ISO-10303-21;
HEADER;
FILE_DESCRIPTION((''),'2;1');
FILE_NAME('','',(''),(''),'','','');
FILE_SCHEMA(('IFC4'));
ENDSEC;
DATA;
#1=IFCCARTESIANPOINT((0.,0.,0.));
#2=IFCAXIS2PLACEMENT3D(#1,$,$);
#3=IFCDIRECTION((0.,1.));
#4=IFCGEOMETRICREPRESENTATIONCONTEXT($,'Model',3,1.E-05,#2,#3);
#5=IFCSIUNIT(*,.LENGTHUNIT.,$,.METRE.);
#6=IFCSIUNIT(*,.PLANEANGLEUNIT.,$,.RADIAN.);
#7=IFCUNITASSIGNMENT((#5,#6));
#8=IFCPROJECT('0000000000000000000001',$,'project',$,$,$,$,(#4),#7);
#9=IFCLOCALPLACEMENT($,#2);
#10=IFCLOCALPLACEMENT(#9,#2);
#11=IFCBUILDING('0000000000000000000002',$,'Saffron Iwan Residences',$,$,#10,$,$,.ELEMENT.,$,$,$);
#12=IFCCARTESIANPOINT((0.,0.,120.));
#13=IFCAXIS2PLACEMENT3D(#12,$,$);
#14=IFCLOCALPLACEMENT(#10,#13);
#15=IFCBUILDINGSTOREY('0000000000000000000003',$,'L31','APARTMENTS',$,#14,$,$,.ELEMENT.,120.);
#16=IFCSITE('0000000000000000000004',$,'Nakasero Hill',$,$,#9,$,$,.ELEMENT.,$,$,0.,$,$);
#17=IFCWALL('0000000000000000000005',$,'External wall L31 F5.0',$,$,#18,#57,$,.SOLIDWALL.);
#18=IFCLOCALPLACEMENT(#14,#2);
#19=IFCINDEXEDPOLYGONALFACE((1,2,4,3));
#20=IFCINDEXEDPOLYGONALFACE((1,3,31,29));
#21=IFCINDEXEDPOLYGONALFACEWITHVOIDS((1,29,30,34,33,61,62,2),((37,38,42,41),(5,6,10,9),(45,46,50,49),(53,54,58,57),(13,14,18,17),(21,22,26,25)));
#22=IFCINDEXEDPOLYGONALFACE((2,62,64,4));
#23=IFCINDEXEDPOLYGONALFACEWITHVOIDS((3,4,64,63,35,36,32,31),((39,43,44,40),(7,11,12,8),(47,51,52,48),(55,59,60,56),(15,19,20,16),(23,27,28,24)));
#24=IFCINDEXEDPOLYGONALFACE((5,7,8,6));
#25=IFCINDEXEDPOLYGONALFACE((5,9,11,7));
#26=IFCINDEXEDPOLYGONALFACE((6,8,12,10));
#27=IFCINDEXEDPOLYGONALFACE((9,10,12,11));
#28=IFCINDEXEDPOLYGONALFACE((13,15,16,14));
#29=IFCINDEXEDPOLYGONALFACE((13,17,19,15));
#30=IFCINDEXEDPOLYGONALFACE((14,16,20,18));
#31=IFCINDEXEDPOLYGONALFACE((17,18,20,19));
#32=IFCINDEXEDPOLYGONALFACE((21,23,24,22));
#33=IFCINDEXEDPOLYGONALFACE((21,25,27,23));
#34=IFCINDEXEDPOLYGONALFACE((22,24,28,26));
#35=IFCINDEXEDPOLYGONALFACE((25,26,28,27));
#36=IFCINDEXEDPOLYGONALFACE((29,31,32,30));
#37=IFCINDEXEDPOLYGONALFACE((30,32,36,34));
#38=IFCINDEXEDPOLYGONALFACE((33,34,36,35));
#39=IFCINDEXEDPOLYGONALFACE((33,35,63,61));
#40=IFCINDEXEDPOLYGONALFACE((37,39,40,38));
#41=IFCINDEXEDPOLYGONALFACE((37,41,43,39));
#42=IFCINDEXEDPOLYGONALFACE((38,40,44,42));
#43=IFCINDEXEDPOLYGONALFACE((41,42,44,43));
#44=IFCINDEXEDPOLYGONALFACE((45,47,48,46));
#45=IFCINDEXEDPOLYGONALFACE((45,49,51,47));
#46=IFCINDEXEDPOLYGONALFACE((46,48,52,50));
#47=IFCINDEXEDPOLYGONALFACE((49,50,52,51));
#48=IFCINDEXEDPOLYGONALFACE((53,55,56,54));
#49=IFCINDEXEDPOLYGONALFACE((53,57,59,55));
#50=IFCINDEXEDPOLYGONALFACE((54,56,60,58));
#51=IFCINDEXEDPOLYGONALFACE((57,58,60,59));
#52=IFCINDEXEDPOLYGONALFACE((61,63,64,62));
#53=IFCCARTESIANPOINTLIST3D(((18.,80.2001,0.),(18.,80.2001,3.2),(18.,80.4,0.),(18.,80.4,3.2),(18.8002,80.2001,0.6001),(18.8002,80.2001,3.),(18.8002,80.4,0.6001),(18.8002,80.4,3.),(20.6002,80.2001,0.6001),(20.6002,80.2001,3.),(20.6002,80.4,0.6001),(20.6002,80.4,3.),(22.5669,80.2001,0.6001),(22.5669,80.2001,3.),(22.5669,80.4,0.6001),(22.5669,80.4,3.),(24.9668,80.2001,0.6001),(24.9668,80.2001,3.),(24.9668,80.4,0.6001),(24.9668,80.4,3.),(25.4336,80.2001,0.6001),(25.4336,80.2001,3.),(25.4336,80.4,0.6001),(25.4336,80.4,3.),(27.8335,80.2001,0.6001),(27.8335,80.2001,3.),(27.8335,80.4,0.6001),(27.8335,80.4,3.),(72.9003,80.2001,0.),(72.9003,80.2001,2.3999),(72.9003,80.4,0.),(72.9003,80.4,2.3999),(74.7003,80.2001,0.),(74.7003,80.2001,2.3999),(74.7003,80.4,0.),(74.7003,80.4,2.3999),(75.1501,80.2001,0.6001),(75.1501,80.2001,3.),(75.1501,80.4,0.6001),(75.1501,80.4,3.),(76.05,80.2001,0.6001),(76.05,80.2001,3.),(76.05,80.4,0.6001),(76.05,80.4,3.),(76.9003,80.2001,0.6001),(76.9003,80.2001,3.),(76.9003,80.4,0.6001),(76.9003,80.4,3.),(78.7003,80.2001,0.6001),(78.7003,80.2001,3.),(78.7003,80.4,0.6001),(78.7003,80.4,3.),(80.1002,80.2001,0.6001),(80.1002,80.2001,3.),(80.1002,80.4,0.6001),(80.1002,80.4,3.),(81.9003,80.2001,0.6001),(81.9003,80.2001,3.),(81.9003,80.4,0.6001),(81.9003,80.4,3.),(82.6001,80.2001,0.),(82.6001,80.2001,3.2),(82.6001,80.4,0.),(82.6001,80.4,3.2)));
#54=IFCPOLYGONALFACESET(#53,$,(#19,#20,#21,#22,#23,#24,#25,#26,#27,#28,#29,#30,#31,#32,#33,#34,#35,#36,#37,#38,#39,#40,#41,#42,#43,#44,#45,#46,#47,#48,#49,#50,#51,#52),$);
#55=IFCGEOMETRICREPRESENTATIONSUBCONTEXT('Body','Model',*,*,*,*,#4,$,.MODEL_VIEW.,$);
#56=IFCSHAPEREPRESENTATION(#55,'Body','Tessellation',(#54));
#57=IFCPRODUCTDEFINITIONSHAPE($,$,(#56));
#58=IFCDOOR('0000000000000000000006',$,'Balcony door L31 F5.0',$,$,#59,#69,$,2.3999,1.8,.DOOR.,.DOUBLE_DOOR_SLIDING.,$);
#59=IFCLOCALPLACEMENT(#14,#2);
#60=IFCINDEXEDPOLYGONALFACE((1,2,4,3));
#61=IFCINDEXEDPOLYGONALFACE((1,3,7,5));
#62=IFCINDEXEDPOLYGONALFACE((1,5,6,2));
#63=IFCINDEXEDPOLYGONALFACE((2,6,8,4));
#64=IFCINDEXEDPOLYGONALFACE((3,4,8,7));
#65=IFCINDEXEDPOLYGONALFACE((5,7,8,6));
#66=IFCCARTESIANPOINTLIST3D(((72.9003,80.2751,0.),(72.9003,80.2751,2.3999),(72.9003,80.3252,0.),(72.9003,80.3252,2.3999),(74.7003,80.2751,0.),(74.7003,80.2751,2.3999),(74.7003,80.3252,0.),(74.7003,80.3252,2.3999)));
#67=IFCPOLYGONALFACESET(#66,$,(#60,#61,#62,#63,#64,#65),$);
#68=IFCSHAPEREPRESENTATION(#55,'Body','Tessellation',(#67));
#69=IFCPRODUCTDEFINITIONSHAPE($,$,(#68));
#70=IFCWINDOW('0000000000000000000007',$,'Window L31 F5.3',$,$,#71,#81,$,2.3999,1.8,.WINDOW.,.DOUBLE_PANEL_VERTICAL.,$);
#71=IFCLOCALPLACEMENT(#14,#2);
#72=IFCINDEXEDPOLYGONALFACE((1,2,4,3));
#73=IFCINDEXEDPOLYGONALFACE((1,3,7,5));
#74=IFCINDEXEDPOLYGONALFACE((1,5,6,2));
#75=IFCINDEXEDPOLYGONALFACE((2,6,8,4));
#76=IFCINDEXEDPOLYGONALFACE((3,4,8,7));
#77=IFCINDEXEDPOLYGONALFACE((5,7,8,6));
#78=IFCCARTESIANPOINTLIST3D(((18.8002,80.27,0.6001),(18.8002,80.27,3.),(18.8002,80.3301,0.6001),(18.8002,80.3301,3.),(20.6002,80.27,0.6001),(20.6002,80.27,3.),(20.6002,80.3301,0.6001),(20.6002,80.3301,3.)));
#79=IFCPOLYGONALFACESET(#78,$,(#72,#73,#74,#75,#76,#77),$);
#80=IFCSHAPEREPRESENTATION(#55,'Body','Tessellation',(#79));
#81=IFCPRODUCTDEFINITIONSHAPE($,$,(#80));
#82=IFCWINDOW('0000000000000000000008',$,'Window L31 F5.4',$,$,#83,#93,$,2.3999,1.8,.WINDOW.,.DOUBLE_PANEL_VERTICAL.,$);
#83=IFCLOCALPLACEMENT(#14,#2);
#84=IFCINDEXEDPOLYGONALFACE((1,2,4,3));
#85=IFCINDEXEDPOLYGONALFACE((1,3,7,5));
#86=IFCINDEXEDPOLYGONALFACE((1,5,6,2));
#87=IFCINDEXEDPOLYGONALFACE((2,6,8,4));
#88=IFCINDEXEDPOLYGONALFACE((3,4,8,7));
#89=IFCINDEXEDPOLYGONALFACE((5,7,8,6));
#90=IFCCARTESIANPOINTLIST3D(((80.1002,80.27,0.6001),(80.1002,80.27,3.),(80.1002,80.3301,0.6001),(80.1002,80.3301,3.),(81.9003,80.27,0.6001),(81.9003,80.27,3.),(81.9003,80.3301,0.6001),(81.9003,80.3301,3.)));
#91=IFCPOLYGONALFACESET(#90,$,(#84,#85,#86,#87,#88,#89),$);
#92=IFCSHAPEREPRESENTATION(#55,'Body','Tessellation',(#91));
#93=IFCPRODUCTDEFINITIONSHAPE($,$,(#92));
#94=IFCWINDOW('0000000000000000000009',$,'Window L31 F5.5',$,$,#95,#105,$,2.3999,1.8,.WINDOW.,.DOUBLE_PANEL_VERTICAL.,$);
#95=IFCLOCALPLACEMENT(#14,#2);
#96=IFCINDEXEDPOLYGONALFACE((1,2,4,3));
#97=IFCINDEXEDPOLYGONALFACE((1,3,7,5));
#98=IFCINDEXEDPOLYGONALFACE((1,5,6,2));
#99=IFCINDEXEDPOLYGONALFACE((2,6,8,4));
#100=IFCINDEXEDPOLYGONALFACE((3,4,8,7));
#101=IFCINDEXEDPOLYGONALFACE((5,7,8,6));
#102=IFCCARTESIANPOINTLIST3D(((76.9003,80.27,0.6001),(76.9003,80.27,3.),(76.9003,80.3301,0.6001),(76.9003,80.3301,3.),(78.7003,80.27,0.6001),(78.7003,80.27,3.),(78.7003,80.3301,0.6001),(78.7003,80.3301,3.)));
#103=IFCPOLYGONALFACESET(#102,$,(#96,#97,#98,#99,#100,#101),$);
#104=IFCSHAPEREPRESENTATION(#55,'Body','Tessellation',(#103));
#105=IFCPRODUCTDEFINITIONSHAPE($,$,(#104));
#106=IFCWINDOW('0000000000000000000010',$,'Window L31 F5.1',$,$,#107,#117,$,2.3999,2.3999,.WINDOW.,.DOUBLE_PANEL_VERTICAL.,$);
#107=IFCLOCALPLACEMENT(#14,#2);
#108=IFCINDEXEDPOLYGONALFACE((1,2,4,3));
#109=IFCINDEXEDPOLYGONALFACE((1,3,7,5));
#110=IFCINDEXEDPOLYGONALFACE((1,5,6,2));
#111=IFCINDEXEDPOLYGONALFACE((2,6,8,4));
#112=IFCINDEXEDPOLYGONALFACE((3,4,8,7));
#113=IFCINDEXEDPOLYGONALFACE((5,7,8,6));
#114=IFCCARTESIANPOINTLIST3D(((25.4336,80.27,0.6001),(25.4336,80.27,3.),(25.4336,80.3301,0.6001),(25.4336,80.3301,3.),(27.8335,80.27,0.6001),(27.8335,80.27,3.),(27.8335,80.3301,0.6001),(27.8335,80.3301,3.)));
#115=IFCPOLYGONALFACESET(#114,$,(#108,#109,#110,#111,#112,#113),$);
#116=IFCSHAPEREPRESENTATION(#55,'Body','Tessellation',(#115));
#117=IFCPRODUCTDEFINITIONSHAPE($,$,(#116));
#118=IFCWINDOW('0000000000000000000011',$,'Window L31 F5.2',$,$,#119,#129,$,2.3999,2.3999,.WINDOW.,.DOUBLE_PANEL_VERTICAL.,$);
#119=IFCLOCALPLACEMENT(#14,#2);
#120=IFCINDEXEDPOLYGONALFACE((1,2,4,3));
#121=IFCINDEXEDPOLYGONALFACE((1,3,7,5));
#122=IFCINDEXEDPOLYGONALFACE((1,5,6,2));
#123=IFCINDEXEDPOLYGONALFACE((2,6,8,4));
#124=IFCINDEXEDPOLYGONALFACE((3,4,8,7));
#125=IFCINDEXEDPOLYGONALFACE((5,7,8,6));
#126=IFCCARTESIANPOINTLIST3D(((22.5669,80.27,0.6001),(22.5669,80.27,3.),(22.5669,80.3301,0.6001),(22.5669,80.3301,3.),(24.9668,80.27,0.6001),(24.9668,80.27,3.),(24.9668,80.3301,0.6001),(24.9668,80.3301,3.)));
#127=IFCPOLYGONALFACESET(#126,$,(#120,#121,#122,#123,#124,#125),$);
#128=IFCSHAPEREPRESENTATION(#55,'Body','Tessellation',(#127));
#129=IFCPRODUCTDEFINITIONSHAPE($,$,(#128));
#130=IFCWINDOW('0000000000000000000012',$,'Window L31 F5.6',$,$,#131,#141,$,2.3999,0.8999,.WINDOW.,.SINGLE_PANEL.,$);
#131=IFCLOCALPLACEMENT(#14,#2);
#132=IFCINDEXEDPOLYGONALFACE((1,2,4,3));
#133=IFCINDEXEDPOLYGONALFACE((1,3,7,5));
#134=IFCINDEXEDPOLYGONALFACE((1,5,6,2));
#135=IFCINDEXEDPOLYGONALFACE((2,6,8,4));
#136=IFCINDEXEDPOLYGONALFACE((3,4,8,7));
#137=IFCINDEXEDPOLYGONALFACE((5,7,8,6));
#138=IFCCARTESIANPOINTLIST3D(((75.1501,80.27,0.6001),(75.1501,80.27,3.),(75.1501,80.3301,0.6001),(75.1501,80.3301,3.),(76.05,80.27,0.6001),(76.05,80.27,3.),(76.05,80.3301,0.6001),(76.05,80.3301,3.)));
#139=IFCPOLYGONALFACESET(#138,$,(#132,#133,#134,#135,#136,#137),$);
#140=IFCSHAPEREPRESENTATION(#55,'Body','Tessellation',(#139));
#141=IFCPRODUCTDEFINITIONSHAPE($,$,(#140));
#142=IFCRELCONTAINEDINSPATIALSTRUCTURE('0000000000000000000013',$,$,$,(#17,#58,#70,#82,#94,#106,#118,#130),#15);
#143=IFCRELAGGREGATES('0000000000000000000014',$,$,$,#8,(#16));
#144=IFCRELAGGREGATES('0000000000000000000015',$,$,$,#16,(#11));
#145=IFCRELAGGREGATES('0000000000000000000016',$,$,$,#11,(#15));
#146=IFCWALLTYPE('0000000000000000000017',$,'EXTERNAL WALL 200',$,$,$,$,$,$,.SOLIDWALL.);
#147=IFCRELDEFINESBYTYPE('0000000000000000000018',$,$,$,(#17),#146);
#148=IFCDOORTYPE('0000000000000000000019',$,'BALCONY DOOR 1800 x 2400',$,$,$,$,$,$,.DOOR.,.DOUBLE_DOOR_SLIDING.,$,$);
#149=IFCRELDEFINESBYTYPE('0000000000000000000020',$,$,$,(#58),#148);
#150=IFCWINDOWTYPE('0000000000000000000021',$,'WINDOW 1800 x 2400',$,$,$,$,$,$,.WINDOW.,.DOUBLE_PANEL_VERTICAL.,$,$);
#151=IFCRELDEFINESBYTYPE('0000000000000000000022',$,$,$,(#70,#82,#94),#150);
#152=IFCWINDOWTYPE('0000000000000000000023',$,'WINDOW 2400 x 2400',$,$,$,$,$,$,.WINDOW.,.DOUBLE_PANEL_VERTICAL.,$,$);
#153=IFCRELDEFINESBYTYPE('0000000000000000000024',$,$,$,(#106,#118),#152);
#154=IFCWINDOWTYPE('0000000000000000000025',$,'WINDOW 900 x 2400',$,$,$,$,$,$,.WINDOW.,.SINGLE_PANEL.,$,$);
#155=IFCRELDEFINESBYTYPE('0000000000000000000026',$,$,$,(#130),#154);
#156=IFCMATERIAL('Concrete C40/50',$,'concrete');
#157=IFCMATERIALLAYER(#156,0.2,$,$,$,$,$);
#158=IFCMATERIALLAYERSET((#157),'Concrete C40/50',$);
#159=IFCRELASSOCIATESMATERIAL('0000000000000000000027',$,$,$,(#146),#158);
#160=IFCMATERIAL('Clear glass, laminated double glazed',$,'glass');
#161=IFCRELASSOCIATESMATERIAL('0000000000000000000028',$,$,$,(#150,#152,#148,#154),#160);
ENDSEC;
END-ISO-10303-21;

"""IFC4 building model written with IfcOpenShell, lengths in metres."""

from ifc_helpers import new_model, si_unit, direction, frame, frame_2d, origin, place, context, subcontext, project, spatial, rectangle, extrude, material, layer, layer_set, type_object, element, fill, save


model = new_model("IFC4")

# Units and contexts
model_context = context("Model", 3, precision=1e-05, world=origin(), true_north=direction((0.0, 1.0)))
body_context = subcontext(model_context, "Body", "Model", "MODEL_VIEW")
ifc_project = project(units=[si_unit("LENGTHUNIT", "METRE"), si_unit("PLANEANGLEUNIT", "RADIAN")], contexts=[model_context])

# Site, building, storey
site_placement = place(None, origin())
site = spatial("IfcSite", under=ifc_project, at=site_placement, Name="Nakasero Hill", CompositionType="ELEMENT", RefElevation=0.0)
building_placement = place(site_placement, origin())
building = spatial("IfcBuilding", under=site, at=building_placement, Name="Saffron Iwan Residences", CompositionType="ELEMENT")
storey_placement = place(building_placement, frame((0.0, 0.0, 120.0)))
storey = spatial("IfcBuildingStorey", under=building, at=storey_placement, Name="L31", Description="APARTMENTS", CompositionType="ELEMENT", Elevation=120.0)

# Shared definitions
ifc_material_1 = material(Name="Concrete C40/50", Category="concrete")
ifc_layer_1 = layer(ifc_material_1, 0.2)
ifc_layer_set_1 = layer_set([ifc_layer_1], Name="Concrete C40/50")
wall_type_1 = type_object("IfcWallType", Name="EXTERNAL WALL 200", PredefinedType="SOLIDWALL", material=ifc_layer_set_1)
ifc_material_2 = material(Name="Clear glass, laminated double glazed", Category="glass")
window_type_1 = type_object("IfcWindowType", Name="WINDOW 1800 x 2400", PartitioningType="DOUBLE_PANEL_VERTICAL", PredefinedType="WINDOW", material=ifc_material_2)
window_type_2 = type_object("IfcWindowType", Name="WINDOW 2400 x 2400", PartitioningType="DOUBLE_PANEL_VERTICAL", PredefinedType="WINDOW", material=ifc_material_2)

# Wall, openings, door, windows
wall_1_placement = place(storey_placement, frame((82.6001, 80.3, 0.0), z_axis=(0.0, 0.0, 1.0), x_axis=(-1.0, 0.0, 0.0)))
wall_1 = element("IfcWall", 1, at=wall_1_placement, inside=storey, type_object=wall_type_1, Name="External wall L31 F5.0", PredefinedType="SOLIDWALL", context=body_context, shape_type="SweptSolid", body=[
    extrude(rectangle(XDim=64.6001, YDim=0.2, at=frame_2d((32.3, 0.0))), origin(), (0.0, 0.0, 1.0), 3.2),
])
opening_1_placement = place(wall_1_placement, frame((7.8999, 0.0, 0.0)))
opening_1 = element("IfcOpeningElement", 2, at=opening_1_placement, cuts=wall_1, PredefinedType="OPENING", context=body_context, shape_type="SweptSolid", body=[
    extrude(rectangle(XDim=1.8, YDim=2.3999, at=frame_2d((0.8999, 1.2))), frame((0.0, 0.1099, 0.0), z_axis=(0.0, -1.0, 0.0), x_axis=(1.0, 0.0, 0.0)), (0.0, 0.0, 1.0), 0.22),
])
opening_2_placement = place(wall_1_placement, frame((54.7666, 0.0, 0.6001)))
opening_2 = element("IfcOpeningElement", 3, at=opening_2_placement, cuts=wall_1, PredefinedType="OPENING", context=body_context, shape_type="SweptSolid", body=[
    extrude(rectangle(XDim=2.3999, YDim=2.3999, at=frame_2d((1.2, 1.2))), frame((0.0, 0.1099, 0.0), z_axis=(0.0, -1.0, 0.0), x_axis=(1.0, 0.0, 0.0)), (0.0, 0.0, 1.0), 0.22),
])
opening_3_placement = place(wall_1_placement, frame((57.6333, 0.0, 0.6001)))
opening_3 = element("IfcOpeningElement", 4, at=opening_3_placement, cuts=wall_1, PredefinedType="OPENING", context=body_context, shape_type="SweptSolid", body=[
    extrude(rectangle(XDim=2.3999, YDim=2.3999, at=frame_2d((1.2, 1.2))), frame((0.0, 0.1099, 0.0), z_axis=(0.0, -1.0, 0.0), x_axis=(1.0, 0.0, 0.0)), (0.0, 0.0, 1.0), 0.22),
])
opening_4_placement = place(wall_1_placement, frame((62.0, 0.0, 0.6001)))
opening_4 = element("IfcOpeningElement", 5, at=opening_4_placement, cuts=wall_1, PredefinedType="OPENING", context=body_context, shape_type="SweptSolid", body=[
    extrude(rectangle(XDim=1.8, YDim=2.3999, at=frame_2d((0.8999, 1.2))), frame((0.0, 0.1099, 0.0), z_axis=(0.0, -1.0, 0.0), x_axis=(1.0, 0.0, 0.0)), (0.0, 0.0, 1.0), 0.22),
])
opening_5_placement = place(wall_1_placement, frame((0.7, 0.0, 0.6001)))
opening_5 = element("IfcOpeningElement", 6, at=opening_5_placement, cuts=wall_1, PredefinedType="OPENING", context=body_context, shape_type="SweptSolid", body=[
    extrude(rectangle(XDim=1.8, YDim=2.3999, at=frame_2d((0.8999, 1.2))), frame((0.0, 0.1099, 0.0), z_axis=(0.0, -1.0, 0.0), x_axis=(1.0, 0.0, 0.0)), (0.0, 0.0, 1.0), 0.22),
])
opening_6_placement = place(wall_1_placement, frame((3.8999, 0.0, 0.6001)))
opening_6 = element("IfcOpeningElement", 7, at=opening_6_placement, cuts=wall_1, PredefinedType="OPENING", context=body_context, shape_type="SweptSolid", body=[
    extrude(rectangle(XDim=1.8, YDim=2.3999, at=frame_2d((0.8999, 1.2))), frame((0.0, 0.1099, 0.0), z_axis=(0.0, -1.0, 0.0), x_axis=(1.0, 0.0, 0.0)), (0.0, 0.0, 1.0), 0.22),
])
opening_7_placement = place(wall_1_placement, frame((6.55, 0.0, 0.6001)))
opening_7 = element("IfcOpeningElement", 8, at=opening_7_placement, cuts=wall_1, PredefinedType="OPENING", context=body_context, shape_type="SweptSolid", body=[
    extrude(rectangle(XDim=0.8999, YDim=2.3999, at=frame_2d((0.45, 1.2))), frame((0.0, 0.1099, 0.0), z_axis=(0.0, -1.0, 0.0), x_axis=(1.0, 0.0, 0.0)), (0.0, 0.0, 1.0), 0.22),
])
door_type = type_object("IfcDoorType", Name="BALCONY DOOR 1800 x 2400", OperationType="DOUBLE_DOOR_SLIDING", PredefinedType="DOOR", material=ifc_material_2)
door_placement = place(opening_1_placement, origin())
door = element("IfcDoor", 9, at=door_placement, inside=storey, type_object=door_type, Name="Balcony door L31 F5.0", OperationType="DOUBLE_DOOR_SLIDING", OverallHeight=2.3999, OverallWidth=1.8, PredefinedType="DOOR", context=body_context, shape_type="SweptSolid", body=[
    extrude(rectangle(XDim=1.8, YDim=2.3999, at=frame_2d((0.8999, 1.2))), frame((0.0, 0.0249, 0.0), z_axis=(0.0, -1.0, 0.0), x_axis=(1.0, 0.0, 0.0)), (0.0, 0.0, 1.0), 0.05),
])
fill(opening_1, door)
window_1_placement = place(opening_4_placement, origin())
window_1 = element("IfcWindow", 10, at=window_1_placement, inside=storey, type_object=window_type_1, Name="Window L31 F5.3", OverallHeight=2.3999, OverallWidth=1.8, PartitioningType="DOUBLE_PANEL_VERTICAL", PredefinedType="WINDOW", context=body_context, shape_type="SweptSolid", body=[
    extrude(rectangle(XDim=1.8, YDim=2.3999, at=frame_2d((0.8999, 1.2))), frame((0.0, 0.03, 0.0), z_axis=(0.0, -1.0, 0.0), x_axis=(1.0, 0.0, 0.0)), (0.0, 0.0, 1.0), 0.0601),
])
fill(opening_4, window_1)
window_2_placement = place(opening_5_placement, origin())
window_2 = element("IfcWindow", 11, at=window_2_placement, inside=storey, type_object=window_type_1, Name="Window L31 F5.4", OverallHeight=2.3999, OverallWidth=1.8, PartitioningType="DOUBLE_PANEL_VERTICAL", PredefinedType="WINDOW", context=body_context, shape_type="SweptSolid", body=[
    extrude(rectangle(XDim=1.8, YDim=2.3999, at=frame_2d((0.8999, 1.2))), frame((0.0, 0.03, 0.0), z_axis=(0.0, -1.0, 0.0), x_axis=(1.0, 0.0, 0.0)), (0.0, 0.0, 1.0), 0.0601),
])
fill(opening_5, window_2)
window_3_placement = place(opening_6_placement, origin())
window_3 = element("IfcWindow", 12, at=window_3_placement, inside=storey, type_object=window_type_1, Name="Window L31 F5.5", OverallHeight=2.3999, OverallWidth=1.8, PartitioningType="DOUBLE_PANEL_VERTICAL", PredefinedType="WINDOW", context=body_context, shape_type="SweptSolid", body=[
    extrude(rectangle(XDim=1.8, YDim=2.3999, at=frame_2d((0.8999, 1.2))), frame((0.0, 0.03, 0.0), z_axis=(0.0, -1.0, 0.0), x_axis=(1.0, 0.0, 0.0)), (0.0, 0.0, 1.0), 0.0601),
])
fill(opening_6, window_3)
window_4_placement = place(opening_2_placement, origin())
window_4 = element("IfcWindow", 13, at=window_4_placement, inside=storey, type_object=window_type_2, Name="Window L31 F5.1", OverallHeight=2.3999, OverallWidth=2.3999, PartitioningType="DOUBLE_PANEL_VERTICAL", PredefinedType="WINDOW", context=body_context, shape_type="SweptSolid", body=[
    extrude(rectangle(XDim=2.3999, YDim=2.3999, at=frame_2d((1.2, 1.2))), frame((0.0, 0.03, 0.0), z_axis=(0.0, -1.0, 0.0), x_axis=(1.0, 0.0, 0.0)), (0.0, 0.0, 1.0), 0.0601),
])
fill(opening_2, window_4)
window_5_placement = place(opening_3_placement, origin())
window_5 = element("IfcWindow", 14, at=window_5_placement, inside=storey, type_object=window_type_2, Name="Window L31 F5.2", OverallHeight=2.3999, OverallWidth=2.3999, PartitioningType="DOUBLE_PANEL_VERTICAL", PredefinedType="WINDOW", context=body_context, shape_type="SweptSolid", body=[
    extrude(rectangle(XDim=2.3999, YDim=2.3999, at=frame_2d((1.2, 1.2))), frame((0.0, 0.03, 0.0), z_axis=(0.0, -1.0, 0.0), x_axis=(1.0, 0.0, 0.0)), (0.0, 0.0, 1.0), 0.0601),
])
fill(opening_3, window_5)
window_type_3 = type_object("IfcWindowType", Name="WINDOW 900 x 2400", PartitioningType="SINGLE_PANEL", PredefinedType="WINDOW", material=ifc_material_2)
window_6_placement = place(opening_7_placement, origin())
window_6 = element("IfcWindow", 15, at=window_6_placement, inside=storey, type_object=window_type_3, Name="Window L31 F5.6", OverallHeight=2.3999, OverallWidth=0.8999, PartitioningType="SINGLE_PANEL", PredefinedType="WINDOW", context=body_context, shape_type="SweptSolid", body=[
    extrude(rectangle(XDim=0.8999, YDim=2.3999, at=frame_2d((0.45, 1.2))), frame((0.0, 0.03, 0.0), z_axis=(0.0, -1.0, 0.0), x_axis=(1.0, 0.0, 0.0)), (0.0, 0.0, 1.0), 0.0601),
])
fill(opening_7, window_6)

save(model, "model.ifc")
